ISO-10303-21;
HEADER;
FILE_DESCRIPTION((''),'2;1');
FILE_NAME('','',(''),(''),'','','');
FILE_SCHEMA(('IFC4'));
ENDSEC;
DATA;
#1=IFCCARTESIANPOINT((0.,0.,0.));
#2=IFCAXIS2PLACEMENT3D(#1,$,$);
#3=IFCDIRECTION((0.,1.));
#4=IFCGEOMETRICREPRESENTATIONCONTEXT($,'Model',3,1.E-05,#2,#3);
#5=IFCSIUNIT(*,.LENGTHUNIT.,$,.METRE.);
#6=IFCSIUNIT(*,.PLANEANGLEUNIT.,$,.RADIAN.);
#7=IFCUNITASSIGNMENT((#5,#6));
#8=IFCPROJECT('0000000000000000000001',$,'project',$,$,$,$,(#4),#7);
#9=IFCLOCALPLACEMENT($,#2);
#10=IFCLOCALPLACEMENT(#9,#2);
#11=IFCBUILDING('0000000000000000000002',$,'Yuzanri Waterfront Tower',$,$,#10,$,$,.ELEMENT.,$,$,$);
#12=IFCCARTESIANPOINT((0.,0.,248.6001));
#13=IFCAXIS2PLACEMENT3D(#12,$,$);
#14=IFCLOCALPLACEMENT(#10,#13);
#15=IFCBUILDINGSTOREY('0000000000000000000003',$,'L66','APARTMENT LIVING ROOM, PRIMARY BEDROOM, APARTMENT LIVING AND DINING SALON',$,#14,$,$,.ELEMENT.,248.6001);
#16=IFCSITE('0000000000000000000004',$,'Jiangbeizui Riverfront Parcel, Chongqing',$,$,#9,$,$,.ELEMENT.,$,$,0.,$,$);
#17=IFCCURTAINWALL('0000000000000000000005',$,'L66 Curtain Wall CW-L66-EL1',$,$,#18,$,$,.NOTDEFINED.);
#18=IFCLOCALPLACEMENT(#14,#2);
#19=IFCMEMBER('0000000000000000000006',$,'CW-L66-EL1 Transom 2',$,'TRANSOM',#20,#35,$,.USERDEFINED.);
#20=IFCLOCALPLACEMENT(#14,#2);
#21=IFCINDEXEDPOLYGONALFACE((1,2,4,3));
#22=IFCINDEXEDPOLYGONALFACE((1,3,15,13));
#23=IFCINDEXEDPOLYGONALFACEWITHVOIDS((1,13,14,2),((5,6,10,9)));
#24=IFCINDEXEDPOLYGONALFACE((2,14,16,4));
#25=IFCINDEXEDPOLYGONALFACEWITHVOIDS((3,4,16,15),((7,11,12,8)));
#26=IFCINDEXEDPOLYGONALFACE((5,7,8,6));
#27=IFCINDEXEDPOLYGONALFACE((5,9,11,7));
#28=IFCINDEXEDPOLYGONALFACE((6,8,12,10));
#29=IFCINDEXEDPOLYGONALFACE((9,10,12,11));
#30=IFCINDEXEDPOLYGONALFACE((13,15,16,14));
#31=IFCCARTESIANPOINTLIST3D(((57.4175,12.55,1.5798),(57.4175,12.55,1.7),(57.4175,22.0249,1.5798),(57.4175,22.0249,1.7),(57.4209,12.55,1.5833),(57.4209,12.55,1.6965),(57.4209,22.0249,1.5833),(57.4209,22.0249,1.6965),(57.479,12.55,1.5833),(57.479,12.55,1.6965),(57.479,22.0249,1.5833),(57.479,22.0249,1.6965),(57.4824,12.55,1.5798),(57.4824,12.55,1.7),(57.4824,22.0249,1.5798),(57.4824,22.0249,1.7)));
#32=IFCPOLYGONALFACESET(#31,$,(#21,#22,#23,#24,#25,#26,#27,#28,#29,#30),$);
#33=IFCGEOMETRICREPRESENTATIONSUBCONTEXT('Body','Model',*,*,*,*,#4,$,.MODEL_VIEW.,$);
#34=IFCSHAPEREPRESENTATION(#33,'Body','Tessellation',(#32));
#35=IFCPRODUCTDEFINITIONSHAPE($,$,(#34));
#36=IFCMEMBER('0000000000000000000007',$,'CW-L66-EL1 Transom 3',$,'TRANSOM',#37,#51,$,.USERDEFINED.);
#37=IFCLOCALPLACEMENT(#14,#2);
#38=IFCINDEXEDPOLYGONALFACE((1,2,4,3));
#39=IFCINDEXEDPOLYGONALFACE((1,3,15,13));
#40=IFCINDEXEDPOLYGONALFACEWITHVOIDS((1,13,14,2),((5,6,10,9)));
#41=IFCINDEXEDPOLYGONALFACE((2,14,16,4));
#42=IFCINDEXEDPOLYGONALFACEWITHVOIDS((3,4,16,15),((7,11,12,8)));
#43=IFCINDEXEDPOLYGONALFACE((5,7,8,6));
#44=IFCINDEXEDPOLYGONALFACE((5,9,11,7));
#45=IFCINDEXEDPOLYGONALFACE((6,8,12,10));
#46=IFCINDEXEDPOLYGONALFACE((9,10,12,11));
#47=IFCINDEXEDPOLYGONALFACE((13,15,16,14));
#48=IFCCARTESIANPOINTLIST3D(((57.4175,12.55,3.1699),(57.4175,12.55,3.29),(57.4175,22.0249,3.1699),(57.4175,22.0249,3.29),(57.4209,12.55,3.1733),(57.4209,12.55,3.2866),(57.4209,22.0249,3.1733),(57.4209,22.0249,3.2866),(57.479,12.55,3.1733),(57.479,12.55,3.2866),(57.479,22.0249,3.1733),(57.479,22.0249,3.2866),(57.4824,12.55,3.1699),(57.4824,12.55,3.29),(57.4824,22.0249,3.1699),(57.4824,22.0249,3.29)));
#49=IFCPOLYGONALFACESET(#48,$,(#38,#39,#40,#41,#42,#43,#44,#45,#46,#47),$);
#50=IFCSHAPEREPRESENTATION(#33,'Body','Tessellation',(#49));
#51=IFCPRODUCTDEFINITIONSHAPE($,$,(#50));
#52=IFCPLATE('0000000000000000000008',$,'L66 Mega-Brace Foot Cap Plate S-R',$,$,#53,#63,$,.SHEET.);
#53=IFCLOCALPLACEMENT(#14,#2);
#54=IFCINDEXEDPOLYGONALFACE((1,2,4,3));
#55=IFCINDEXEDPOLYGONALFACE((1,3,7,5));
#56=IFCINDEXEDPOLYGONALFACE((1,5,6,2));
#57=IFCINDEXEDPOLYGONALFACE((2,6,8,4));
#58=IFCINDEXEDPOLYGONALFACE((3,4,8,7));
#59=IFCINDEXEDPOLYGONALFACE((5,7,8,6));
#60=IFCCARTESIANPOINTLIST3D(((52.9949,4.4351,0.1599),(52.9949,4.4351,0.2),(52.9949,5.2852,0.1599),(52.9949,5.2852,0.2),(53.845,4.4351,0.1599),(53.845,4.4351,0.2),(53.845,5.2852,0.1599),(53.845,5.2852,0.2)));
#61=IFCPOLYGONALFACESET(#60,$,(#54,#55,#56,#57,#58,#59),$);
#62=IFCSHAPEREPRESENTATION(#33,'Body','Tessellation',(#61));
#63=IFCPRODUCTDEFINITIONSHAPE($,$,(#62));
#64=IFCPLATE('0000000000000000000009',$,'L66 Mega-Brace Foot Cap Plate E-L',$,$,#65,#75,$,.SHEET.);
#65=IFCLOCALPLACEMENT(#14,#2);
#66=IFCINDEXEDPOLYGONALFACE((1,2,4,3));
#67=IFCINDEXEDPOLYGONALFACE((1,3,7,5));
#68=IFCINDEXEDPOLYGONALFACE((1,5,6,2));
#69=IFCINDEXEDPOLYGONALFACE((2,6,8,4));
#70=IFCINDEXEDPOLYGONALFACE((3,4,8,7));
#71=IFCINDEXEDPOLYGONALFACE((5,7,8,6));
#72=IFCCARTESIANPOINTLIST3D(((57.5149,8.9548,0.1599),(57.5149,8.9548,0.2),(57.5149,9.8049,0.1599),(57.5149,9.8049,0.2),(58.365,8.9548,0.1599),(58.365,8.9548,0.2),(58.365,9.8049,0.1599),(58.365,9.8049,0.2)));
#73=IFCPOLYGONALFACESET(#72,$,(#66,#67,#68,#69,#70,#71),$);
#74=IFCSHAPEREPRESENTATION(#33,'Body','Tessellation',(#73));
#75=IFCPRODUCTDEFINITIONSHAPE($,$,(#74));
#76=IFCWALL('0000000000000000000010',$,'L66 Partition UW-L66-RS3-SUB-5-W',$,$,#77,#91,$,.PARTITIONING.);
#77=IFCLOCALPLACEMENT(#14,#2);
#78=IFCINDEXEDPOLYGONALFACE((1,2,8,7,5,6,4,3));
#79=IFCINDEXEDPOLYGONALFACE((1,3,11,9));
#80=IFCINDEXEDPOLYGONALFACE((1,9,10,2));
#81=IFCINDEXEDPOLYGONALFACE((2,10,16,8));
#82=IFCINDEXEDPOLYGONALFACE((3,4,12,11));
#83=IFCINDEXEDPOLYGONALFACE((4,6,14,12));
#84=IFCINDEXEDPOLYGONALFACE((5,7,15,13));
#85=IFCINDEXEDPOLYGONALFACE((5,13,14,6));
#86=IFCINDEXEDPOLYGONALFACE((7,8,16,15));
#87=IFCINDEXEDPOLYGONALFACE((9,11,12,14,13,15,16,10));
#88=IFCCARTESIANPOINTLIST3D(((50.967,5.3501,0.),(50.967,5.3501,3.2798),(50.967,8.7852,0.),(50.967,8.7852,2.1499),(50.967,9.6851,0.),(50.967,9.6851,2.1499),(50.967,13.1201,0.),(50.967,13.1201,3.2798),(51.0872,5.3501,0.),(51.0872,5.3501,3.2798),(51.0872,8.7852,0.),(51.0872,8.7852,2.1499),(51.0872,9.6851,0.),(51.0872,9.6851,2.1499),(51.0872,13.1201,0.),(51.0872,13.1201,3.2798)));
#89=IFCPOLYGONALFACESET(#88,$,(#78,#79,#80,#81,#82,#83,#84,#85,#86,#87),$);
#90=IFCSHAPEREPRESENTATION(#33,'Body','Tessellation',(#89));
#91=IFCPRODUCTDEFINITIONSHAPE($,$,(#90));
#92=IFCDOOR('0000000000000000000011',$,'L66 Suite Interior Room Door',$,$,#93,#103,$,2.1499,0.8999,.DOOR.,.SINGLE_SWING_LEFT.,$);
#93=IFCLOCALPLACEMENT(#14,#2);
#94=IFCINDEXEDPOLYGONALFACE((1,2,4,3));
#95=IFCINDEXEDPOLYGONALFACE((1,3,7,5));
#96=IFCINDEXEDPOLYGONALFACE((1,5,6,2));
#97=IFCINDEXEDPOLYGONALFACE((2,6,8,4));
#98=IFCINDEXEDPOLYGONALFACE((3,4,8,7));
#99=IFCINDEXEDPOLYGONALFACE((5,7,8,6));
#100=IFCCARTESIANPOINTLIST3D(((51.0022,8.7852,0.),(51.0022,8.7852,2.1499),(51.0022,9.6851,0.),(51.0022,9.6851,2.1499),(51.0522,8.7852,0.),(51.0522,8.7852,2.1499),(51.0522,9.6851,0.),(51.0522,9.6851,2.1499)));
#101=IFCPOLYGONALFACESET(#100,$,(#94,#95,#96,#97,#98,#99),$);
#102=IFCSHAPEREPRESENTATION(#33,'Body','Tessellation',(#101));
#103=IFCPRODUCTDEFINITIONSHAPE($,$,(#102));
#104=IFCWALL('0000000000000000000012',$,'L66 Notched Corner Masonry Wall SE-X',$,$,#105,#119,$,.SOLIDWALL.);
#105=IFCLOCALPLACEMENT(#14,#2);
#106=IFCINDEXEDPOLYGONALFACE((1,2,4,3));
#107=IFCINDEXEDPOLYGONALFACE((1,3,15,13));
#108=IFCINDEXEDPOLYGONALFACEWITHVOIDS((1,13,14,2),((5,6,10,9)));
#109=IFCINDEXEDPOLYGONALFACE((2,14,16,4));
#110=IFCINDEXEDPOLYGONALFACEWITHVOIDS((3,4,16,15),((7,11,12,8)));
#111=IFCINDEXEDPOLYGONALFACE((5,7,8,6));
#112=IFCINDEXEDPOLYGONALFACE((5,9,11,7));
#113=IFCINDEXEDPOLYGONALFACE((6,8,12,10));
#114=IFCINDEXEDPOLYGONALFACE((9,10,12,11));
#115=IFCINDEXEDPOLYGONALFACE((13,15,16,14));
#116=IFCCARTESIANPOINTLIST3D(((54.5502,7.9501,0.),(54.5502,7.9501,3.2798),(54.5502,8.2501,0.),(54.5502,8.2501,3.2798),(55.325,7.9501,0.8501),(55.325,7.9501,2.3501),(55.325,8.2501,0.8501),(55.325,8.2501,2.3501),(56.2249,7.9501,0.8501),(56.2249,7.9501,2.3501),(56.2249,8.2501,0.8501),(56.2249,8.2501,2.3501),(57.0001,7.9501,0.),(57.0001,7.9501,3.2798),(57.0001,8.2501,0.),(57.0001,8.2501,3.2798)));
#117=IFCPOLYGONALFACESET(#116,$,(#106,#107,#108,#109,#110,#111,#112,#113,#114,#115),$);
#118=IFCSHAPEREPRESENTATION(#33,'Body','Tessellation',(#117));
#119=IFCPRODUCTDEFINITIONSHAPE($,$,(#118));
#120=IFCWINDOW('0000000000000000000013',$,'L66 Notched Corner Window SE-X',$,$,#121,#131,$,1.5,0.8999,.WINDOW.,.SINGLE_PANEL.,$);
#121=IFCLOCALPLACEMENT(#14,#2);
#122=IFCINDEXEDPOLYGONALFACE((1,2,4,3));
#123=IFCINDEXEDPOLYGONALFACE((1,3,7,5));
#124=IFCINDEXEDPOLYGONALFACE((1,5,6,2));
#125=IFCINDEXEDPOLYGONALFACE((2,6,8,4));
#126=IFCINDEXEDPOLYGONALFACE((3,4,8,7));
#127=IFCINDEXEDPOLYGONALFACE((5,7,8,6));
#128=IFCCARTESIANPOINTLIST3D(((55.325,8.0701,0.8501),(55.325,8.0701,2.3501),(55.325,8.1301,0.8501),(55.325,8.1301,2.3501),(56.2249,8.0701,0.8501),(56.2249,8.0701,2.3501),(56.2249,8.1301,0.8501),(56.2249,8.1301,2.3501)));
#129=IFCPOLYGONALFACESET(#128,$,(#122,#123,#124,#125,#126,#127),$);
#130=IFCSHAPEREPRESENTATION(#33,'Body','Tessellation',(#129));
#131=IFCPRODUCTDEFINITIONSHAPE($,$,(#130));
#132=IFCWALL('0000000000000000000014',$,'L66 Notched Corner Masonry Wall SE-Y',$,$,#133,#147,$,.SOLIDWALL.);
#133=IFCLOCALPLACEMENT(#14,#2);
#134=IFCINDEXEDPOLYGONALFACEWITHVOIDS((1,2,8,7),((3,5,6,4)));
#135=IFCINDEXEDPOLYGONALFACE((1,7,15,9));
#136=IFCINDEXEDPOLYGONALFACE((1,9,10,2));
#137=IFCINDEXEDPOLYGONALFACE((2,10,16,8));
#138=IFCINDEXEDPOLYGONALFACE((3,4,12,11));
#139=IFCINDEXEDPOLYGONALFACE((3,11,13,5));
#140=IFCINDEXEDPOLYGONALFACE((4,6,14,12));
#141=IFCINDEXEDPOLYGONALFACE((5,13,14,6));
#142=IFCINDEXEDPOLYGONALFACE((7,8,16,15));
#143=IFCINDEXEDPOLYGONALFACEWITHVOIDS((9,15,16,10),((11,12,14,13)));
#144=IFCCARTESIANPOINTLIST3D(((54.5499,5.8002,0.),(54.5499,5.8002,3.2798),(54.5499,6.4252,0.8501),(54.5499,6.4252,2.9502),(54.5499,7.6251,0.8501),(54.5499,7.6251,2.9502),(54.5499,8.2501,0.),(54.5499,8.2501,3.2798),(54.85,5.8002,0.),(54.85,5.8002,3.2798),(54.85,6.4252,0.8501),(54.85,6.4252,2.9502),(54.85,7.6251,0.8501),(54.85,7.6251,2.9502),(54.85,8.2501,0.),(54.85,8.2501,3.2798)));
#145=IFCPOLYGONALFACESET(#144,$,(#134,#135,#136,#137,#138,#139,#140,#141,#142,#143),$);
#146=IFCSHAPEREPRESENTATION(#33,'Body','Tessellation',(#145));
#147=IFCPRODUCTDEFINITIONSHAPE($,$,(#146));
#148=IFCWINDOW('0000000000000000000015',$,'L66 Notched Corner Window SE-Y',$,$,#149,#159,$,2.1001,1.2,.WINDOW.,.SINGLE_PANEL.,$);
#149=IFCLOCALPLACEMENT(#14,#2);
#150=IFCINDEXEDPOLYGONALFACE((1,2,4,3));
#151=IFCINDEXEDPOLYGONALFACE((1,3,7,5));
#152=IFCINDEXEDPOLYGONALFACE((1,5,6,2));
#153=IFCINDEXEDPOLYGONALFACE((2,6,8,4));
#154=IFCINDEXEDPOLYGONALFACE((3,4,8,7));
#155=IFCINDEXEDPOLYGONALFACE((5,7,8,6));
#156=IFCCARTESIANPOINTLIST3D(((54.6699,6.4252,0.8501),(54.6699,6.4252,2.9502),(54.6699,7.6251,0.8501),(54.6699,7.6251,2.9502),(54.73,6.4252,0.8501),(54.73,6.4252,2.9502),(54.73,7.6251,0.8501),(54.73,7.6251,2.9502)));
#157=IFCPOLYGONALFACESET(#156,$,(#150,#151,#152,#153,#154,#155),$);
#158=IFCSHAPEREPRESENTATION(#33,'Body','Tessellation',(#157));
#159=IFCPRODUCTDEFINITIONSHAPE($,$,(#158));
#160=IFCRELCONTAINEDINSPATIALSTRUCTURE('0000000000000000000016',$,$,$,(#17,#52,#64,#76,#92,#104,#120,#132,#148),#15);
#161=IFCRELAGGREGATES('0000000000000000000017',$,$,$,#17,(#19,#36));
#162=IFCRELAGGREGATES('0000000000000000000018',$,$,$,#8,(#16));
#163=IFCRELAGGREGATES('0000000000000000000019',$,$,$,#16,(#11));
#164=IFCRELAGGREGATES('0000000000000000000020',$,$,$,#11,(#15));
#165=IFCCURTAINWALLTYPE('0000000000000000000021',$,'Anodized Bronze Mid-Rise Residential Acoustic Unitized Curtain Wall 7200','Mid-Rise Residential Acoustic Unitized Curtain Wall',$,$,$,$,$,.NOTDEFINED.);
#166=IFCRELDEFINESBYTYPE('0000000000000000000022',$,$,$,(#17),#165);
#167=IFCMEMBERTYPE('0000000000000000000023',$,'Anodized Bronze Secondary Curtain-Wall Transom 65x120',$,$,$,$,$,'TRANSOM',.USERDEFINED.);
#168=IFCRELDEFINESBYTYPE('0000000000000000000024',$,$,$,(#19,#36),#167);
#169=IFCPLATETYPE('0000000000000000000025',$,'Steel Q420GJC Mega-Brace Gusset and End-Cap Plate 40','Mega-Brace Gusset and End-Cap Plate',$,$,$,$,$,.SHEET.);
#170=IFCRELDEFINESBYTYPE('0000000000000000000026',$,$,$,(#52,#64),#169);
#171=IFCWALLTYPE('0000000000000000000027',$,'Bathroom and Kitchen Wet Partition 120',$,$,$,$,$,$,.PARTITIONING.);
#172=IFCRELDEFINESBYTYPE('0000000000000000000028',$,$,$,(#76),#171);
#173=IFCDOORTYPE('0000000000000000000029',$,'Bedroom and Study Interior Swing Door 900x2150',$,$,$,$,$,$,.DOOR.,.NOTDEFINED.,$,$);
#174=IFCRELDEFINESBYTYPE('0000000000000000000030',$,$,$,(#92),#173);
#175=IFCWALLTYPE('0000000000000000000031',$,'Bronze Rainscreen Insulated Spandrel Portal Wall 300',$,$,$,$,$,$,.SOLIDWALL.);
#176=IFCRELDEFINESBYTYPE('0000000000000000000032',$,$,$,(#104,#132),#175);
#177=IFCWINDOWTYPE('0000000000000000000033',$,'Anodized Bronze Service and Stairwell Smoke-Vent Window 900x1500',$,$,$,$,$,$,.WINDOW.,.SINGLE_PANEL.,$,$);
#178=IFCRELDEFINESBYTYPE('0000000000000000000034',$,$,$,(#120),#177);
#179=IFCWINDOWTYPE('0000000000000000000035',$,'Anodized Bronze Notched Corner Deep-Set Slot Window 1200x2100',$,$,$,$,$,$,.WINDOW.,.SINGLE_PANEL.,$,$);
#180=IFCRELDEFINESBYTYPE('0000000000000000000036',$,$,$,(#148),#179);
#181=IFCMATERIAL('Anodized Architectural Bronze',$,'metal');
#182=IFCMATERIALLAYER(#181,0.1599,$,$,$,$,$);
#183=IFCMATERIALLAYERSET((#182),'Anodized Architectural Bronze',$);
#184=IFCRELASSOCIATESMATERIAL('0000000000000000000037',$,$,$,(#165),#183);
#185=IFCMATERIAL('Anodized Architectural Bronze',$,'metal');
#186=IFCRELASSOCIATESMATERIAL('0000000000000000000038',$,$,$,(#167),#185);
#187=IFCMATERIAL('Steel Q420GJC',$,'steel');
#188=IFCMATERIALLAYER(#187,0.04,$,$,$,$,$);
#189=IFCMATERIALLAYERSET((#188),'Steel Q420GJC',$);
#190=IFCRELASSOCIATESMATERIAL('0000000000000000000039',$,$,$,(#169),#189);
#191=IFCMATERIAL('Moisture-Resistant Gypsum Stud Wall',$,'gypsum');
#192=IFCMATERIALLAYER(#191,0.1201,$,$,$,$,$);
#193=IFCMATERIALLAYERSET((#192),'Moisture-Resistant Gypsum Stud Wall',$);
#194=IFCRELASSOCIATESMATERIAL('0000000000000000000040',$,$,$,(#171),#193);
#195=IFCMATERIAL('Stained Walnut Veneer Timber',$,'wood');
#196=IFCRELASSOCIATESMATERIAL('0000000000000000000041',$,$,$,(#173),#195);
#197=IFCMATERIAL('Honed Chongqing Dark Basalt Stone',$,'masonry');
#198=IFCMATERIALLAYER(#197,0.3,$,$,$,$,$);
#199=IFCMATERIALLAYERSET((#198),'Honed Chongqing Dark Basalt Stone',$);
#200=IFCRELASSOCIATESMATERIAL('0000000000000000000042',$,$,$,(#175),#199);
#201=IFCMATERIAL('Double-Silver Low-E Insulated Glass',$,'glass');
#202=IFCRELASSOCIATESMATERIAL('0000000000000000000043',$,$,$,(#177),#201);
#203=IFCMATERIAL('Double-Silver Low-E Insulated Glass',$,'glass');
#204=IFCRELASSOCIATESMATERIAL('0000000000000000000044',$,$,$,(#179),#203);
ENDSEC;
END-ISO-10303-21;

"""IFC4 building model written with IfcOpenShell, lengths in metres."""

from ifc_helpers import new_model, si_unit, direction, frame, frame_2d, origin, origin_2d, place, context, subcontext, project, spatial, rectangle, hollow_rectangle, extrude, source, transform, mapped, material, layer, layer_set, material_profile, profile_set, type_object, element, fill, aggregate, save


model = new_model("IFC4")

# Units and contexts
model_context = context("Model", 3, precision=1e-05, world=origin(), true_north=direction((0.0, 1.0)))
body_context = subcontext(model_context, "Body", "Model", "MODEL_VIEW")
ifc_project = project(units=[si_unit("LENGTHUNIT", "METRE"), si_unit("PLANEANGLEUNIT", "RADIAN")], contexts=[model_context])

# Site, building, storey
site_placement = place(None, origin())
site = spatial("IfcSite", under=ifc_project, at=site_placement, Name="Jiangbeizui Riverfront Parcel, Chongqing", CompositionType="ELEMENT", RefElevation=0.0)
building_placement = place(site_placement, origin())
building = spatial("IfcBuilding", under=site, at=building_placement, Name="Yuzanri Waterfront Tower", CompositionType="ELEMENT")
storey_placement = place(building_placement, frame((0.0, 0.0, 248.6001)))
storey = spatial("IfcBuildingStorey", under=building, at=storey_placement, Name="L66", Description="APARTMENT LIVING ROOM, PRIMARY BEDROOM, APARTMENT LIVING AND DINING SALON", CompositionType="ELEMENT", Elevation=248.6001)

# Curtain wall, members
ifc_material_1 = material(Name="Anodized Architectural Bronze", Category="metal")
ifc_layer_1 = layer(ifc_material_1, 0.1599)
ifc_layer_set_1 = layer_set([ifc_layer_1], Name="Anodized Architectural Bronze")
curtain_wall_type = type_object("IfcCurtainWallType", Name="Anodized Bronze Mid-Rise Residential Acoustic Unitized Curtain Wall 7200", Description="Mid-Rise Residential Acoustic Unitized Curtain Wall", PredefinedType="NOTDEFINED", material=ifc_layer_set_1)
curtain_wall_1_placement = place(storey_placement, origin())
curtain_wall_1 = element("IfcCurtainWall", 1, at=curtain_wall_1_placement, inside=storey, type_object=curtain_wall_type, Name="L66 Curtain Wall CW-L66-EL1", PredefinedType="NOTDEFINED")
ifc_material_2 = material(Name="Anodized Architectural Bronze", Category="metal")
ifc_material_profile_1 = material_profile(ifc_material_2, hollow_rectangle(XDim=0.0649, YDim=0.1201, WallThickness=0.0034, at=origin_2d()), Name="CWT 65x120")
ifc_profile_set_1 = profile_set([ifc_material_profile_1], Name="Anodized Architectural Bronze")
member_type_1 = type_object("IfcMemberType", Name="Anodized Bronze Secondary Curtain-Wall Transom 65x120", ElementType="TRANSOM", PredefinedType="USERDEFINED", material=ifc_profile_set_1)
shared_shape_1 = source(origin(), body_context, "Body", "SweptSolid", [
    extrude(hollow_rectangle(XDim=0.0649, YDim=0.1201, WallThickness=0.0034, at=origin_2d()), origin(), (0.0, 0.0, 1.0), 9.4749),
])
member_1_placement = place(storey_placement, frame((57.45, 12.55, 1.6399), z_axis=(0.0, 1.0, 0.0), x_axis=(-1.0, 0.0, 0.0)))
member_1 = element("IfcMember", 2, at=member_1_placement, type_object=member_type_1, Name="CW-L66-EL1 Transom 2", ObjectType="TRANSOM", PredefinedType="USERDEFINED", context=body_context, shape_type="MappedRepresentation", body=[
    mapped(shared_shape_1, transform((0.0, 0.0, 0.0), scale=1.0)),
])
member_2_placement = place(storey_placement, frame((57.45, 12.55, 3.23), z_axis=(0.0, 1.0, 0.0), x_axis=(-1.0, 0.0, 0.0)))
member_2 = element("IfcMember", 3, at=member_2_placement, type_object=member_type_1, Name="CW-L66-EL1 Transom 3", ObjectType="TRANSOM", PredefinedType="USERDEFINED", context=body_context, shape_type="MappedRepresentation", body=[
    mapped(shared_shape_1, transform((0.0, 0.0, 0.0), scale=1.0)),
])
aggregate(curtain_wall_1, [member_1, member_2])

# Plates
ifc_material_3 = material(Name="Steel Q420GJC", Category="steel")
ifc_layer_2 = layer(ifc_material_3, 0.04)
ifc_layer_set_2 = layer_set([ifc_layer_2], Name="Steel Q420GJC")
plate_type = type_object("IfcPlateType", Name="Steel Q420GJC Mega-Brace Gusset and End-Cap Plate 40", Description="Mega-Brace Gusset and End-Cap Plate", PredefinedType="SHEET", material=ifc_layer_set_2)
shared_shape_2 = source(origin(), body_context, "Body", "SweptSolid", [
    extrude(rectangle(XDim=0.8501, YDim=0.8501, at=origin_2d()), origin(), (0.0, 0.0, 1.0), 0.04),
])
for number, where, z_axis, x_axis, name in (
    (4, (53.4199, 4.8601, 0.1599), (0.0, 0.0, 1.0), (1.0, 0.0, 0.0), "L66 Mega-Brace Foot Cap Plate S-R"),
    (5, (57.9399, 9.3799, 0.1599), (0.0, 0.0, 1.0), (1.0, 0.0, 0.0), "L66 Mega-Brace Foot Cap Plate E-L"),
):
    element("IfcPlate", number, at=place(storey_placement, frame(where, z_axis=z_axis, x_axis=x_axis)), inside=storey, type_object=plate_type, Name=name, PredefinedType="SHEET", context=body_context, shape_type="MappedRepresentation", body=[
        mapped(shared_shape_2, transform((0.0, 0.0, 0.0), scale=1.0)),
    ])

# Wall, opening, door
ifc_material_4 = material(Name="Moisture-Resistant Gypsum Stud Wall", Category="gypsum")
ifc_layer_3 = layer(ifc_material_4, 0.1201)
ifc_layer_set_3 = layer_set([ifc_layer_3], Name="Moisture-Resistant Gypsum Stud Wall")
wall_type_1 = type_object("IfcWallType", Name="Bathroom and Kitchen Wet Partition 120", PredefinedType="PARTITIONING", material=ifc_layer_set_3)
wall_1_placement = place(storey_placement, frame((51.0271, 5.3501, 0.0), z_axis=(0.0, 0.0, 1.0), x_axis=(0.0, 1.0, 0.0)))
wall_1 = element("IfcWall", 6, at=wall_1_placement, inside=storey, type_object=wall_type_1, Name="L66 Partition UW-L66-RS3-SUB-5-W", PredefinedType="PARTITIONING", context=body_context, shape_type="SweptSolid", body=[
    extrude(rectangle(XDim=7.77, YDim=0.1201, at=frame_2d((3.885, 0.0))), origin(), (0.0, 0.0, 1.0), 3.2798),
])
opening_1_placement = place(wall_1_placement, frame((3.4351, 0.0, 0.0)))
opening_1 = element("IfcOpeningElement", 7, at=opening_1_placement, cuts=wall_1, PredefinedType="OPENING", context=body_context, shape_type="SweptSolid", body=[
    extrude(rectangle(XDim=0.8999, YDim=2.1499, at=frame_2d((0.45, 1.075))), frame((0.0, 0.075, 0.0), z_axis=(0.0, -1.0, 0.0), x_axis=(1.0, 0.0, 0.0)), (0.0, 0.0, 1.0), 0.1499),
])
ifc_material_5 = material(Name="Stained Walnut Veneer Timber", Category="wood")
door_type = type_object("IfcDoorType", Name="Bedroom and Study Interior Swing Door 900x2150", OperationType="NOTDEFINED", PredefinedType="DOOR", material=ifc_material_5)
shared_shape_3 = source(origin(), body_context, "Body", "SweptSolid", [
    extrude(rectangle(XDim=0.8999, YDim=2.1499, at=frame_2d((0.45, 1.075))), frame((0.0, 0.0249, 0.0), z_axis=(0.0, -1.0, 0.0), x_axis=(1.0, 0.0, 0.0)), (0.0, 0.0, 1.0), 0.05),
])
door_placement = place(opening_1_placement, origin())
door = element("IfcDoor", 8, at=door_placement, inside=storey, type_object=door_type, Name="L66 Suite Interior Room Door", OperationType="SINGLE_SWING_LEFT", OverallHeight=2.1499, OverallWidth=0.8999, PredefinedType="DOOR", context=body_context, shape_type="MappedRepresentation", body=[
    mapped(shared_shape_3, transform((0.0, 0.0, 0.0), scale=1.0)),
])
fill(opening_1, door)

# Walls, openings, windows
ifc_material_6 = material(Name="Honed Chongqing Dark Basalt Stone", Category="masonry")
ifc_layer_4 = layer(ifc_material_6, 0.3)
ifc_layer_set_4 = layer_set([ifc_layer_4], Name="Honed Chongqing Dark Basalt Stone")
wall_type_2 = type_object("IfcWallType", Name="Bronze Rainscreen Insulated Spandrel Portal Wall 300", PredefinedType="SOLIDWALL", material=ifc_layer_set_4)
wall_2_placement = place(storey_placement, frame((54.55, 8.1001, 0.0), z_axis=(0.0, 0.0, 1.0), x_axis=(1.0, 0.0, 0.0)))
wall_2 = element("IfcWall", 9, at=wall_2_placement, inside=storey, type_object=wall_type_2, Name="L66 Notched Corner Masonry Wall SE-X", PredefinedType="SOLIDWALL", context=body_context, shape_type="SweptSolid", body=[
    extrude(rectangle(XDim=2.45, YDim=0.3, at=frame_2d((1.2251, 0.0))), origin(), (0.0, 0.0, 1.0), 3.2798),
])
opening_2_placement = place(wall_2_placement, frame((0.7749, 0.0, 0.8501)))
opening_2 = element("IfcOpeningElement", 10, at=opening_2_placement, cuts=wall_2, PredefinedType="OPENING", context=body_context, shape_type="SweptSolid", body=[
    extrude(rectangle(XDim=0.8999, YDim=1.5, at=frame_2d((0.45, 0.75))), frame((0.0, 0.165, 0.0), z_axis=(0.0, -1.0, 0.0), x_axis=(1.0, 0.0, 0.0)), (0.0, 0.0, 1.0), 0.3298),
])
ifc_material_7 = material(Name="Double-Silver Low-E Insulated Glass", Category="glass")
window_type_1 = type_object("IfcWindowType", Name="Anodized Bronze Service and Stairwell Smoke-Vent Window 900x1500", PartitioningType="SINGLE_PANEL", PredefinedType="WINDOW", material=ifc_material_7)
shared_shape_4 = source(origin(), body_context, "Body", "SweptSolid", [
    extrude(rectangle(XDim=0.8999, YDim=1.5, at=frame_2d((0.45, 0.75))), frame((0.0, 0.03, 0.0), z_axis=(0.0, -1.0, 0.0), x_axis=(1.0, 0.0, 0.0)), (0.0, 0.0, 1.0), 0.0601),
])
window_1_placement = place(opening_2_placement, origin())
window_1 = element("IfcWindow", 11, at=window_1_placement, inside=storey, type_object=window_type_1, Name="L66 Notched Corner Window SE-X", OverallHeight=1.5, OverallWidth=0.8999, PartitioningType="SINGLE_PANEL", PredefinedType="WINDOW", context=body_context, shape_type="MappedRepresentation", body=[
    mapped(shared_shape_4, transform((0.0, 0.0, 0.0), scale=1.0)),
])
fill(opening_2, window_1)
wall_3_placement = place(storey_placement, frame((54.7, 5.8, 0.0), z_axis=(0.0, 0.0, 1.0), x_axis=(0.0, 1.0, 0.0)))
wall_3 = element("IfcWall", 12, at=wall_3_placement, inside=storey, type_object=wall_type_2, Name="L66 Notched Corner Masonry Wall SE-Y", PredefinedType="SOLIDWALL", context=body_context, shape_type="SweptSolid", body=[
    extrude(rectangle(XDim=2.45, YDim=0.3, at=frame_2d((1.2251, 0.0))), origin(), (0.0, 0.0, 1.0), 3.2798),
])
opening_3_placement = place(wall_3_placement, frame((0.625, 0.0, 0.8501)))
opening_3 = element("IfcOpeningElement", 13, at=opening_3_placement, cuts=wall_3, PredefinedType="OPENING", context=body_context, shape_type="SweptSolid", body=[
    extrude(rectangle(XDim=1.2, YDim=2.1001, at=frame_2d((0.6001, 1.05))), frame((0.0, 0.165, 0.0), z_axis=(0.0, -1.0, 0.0), x_axis=(1.0, 0.0, 0.0)), (0.0, 0.0, 1.0), 0.3298),
])
ifc_material_8 = material(Name="Double-Silver Low-E Insulated Glass", Category="glass")
window_type_2 = type_object("IfcWindowType", Name="Anodized Bronze Notched Corner Deep-Set Slot Window 1200x2100", PartitioningType="SINGLE_PANEL", PredefinedType="WINDOW", material=ifc_material_8)
shared_shape_5 = source(origin(), body_context, "Body", "SweptSolid", [
    extrude(rectangle(XDim=1.2, YDim=2.1001, at=frame_2d((0.6001, 1.05))), frame((0.0, 0.03, 0.0), z_axis=(0.0, -1.0, 0.0), x_axis=(1.0, 0.0, 0.0)), (0.0, 0.0, 1.0), 0.0601),
])
window_2_placement = place(opening_3_placement, origin())
window_2 = element("IfcWindow", 14, at=window_2_placement, inside=storey, type_object=window_type_2, Name="L66 Notched Corner Window SE-Y", OverallHeight=2.1001, OverallWidth=1.2, PartitioningType="SINGLE_PANEL", PredefinedType="WINDOW", context=body_context, shape_type="MappedRepresentation", body=[
    mapped(shared_shape_5, transform((0.0, 0.0, 0.0), scale=1.0)),
])
fill(opening_3, window_2)

save(model, "model.ifc")
